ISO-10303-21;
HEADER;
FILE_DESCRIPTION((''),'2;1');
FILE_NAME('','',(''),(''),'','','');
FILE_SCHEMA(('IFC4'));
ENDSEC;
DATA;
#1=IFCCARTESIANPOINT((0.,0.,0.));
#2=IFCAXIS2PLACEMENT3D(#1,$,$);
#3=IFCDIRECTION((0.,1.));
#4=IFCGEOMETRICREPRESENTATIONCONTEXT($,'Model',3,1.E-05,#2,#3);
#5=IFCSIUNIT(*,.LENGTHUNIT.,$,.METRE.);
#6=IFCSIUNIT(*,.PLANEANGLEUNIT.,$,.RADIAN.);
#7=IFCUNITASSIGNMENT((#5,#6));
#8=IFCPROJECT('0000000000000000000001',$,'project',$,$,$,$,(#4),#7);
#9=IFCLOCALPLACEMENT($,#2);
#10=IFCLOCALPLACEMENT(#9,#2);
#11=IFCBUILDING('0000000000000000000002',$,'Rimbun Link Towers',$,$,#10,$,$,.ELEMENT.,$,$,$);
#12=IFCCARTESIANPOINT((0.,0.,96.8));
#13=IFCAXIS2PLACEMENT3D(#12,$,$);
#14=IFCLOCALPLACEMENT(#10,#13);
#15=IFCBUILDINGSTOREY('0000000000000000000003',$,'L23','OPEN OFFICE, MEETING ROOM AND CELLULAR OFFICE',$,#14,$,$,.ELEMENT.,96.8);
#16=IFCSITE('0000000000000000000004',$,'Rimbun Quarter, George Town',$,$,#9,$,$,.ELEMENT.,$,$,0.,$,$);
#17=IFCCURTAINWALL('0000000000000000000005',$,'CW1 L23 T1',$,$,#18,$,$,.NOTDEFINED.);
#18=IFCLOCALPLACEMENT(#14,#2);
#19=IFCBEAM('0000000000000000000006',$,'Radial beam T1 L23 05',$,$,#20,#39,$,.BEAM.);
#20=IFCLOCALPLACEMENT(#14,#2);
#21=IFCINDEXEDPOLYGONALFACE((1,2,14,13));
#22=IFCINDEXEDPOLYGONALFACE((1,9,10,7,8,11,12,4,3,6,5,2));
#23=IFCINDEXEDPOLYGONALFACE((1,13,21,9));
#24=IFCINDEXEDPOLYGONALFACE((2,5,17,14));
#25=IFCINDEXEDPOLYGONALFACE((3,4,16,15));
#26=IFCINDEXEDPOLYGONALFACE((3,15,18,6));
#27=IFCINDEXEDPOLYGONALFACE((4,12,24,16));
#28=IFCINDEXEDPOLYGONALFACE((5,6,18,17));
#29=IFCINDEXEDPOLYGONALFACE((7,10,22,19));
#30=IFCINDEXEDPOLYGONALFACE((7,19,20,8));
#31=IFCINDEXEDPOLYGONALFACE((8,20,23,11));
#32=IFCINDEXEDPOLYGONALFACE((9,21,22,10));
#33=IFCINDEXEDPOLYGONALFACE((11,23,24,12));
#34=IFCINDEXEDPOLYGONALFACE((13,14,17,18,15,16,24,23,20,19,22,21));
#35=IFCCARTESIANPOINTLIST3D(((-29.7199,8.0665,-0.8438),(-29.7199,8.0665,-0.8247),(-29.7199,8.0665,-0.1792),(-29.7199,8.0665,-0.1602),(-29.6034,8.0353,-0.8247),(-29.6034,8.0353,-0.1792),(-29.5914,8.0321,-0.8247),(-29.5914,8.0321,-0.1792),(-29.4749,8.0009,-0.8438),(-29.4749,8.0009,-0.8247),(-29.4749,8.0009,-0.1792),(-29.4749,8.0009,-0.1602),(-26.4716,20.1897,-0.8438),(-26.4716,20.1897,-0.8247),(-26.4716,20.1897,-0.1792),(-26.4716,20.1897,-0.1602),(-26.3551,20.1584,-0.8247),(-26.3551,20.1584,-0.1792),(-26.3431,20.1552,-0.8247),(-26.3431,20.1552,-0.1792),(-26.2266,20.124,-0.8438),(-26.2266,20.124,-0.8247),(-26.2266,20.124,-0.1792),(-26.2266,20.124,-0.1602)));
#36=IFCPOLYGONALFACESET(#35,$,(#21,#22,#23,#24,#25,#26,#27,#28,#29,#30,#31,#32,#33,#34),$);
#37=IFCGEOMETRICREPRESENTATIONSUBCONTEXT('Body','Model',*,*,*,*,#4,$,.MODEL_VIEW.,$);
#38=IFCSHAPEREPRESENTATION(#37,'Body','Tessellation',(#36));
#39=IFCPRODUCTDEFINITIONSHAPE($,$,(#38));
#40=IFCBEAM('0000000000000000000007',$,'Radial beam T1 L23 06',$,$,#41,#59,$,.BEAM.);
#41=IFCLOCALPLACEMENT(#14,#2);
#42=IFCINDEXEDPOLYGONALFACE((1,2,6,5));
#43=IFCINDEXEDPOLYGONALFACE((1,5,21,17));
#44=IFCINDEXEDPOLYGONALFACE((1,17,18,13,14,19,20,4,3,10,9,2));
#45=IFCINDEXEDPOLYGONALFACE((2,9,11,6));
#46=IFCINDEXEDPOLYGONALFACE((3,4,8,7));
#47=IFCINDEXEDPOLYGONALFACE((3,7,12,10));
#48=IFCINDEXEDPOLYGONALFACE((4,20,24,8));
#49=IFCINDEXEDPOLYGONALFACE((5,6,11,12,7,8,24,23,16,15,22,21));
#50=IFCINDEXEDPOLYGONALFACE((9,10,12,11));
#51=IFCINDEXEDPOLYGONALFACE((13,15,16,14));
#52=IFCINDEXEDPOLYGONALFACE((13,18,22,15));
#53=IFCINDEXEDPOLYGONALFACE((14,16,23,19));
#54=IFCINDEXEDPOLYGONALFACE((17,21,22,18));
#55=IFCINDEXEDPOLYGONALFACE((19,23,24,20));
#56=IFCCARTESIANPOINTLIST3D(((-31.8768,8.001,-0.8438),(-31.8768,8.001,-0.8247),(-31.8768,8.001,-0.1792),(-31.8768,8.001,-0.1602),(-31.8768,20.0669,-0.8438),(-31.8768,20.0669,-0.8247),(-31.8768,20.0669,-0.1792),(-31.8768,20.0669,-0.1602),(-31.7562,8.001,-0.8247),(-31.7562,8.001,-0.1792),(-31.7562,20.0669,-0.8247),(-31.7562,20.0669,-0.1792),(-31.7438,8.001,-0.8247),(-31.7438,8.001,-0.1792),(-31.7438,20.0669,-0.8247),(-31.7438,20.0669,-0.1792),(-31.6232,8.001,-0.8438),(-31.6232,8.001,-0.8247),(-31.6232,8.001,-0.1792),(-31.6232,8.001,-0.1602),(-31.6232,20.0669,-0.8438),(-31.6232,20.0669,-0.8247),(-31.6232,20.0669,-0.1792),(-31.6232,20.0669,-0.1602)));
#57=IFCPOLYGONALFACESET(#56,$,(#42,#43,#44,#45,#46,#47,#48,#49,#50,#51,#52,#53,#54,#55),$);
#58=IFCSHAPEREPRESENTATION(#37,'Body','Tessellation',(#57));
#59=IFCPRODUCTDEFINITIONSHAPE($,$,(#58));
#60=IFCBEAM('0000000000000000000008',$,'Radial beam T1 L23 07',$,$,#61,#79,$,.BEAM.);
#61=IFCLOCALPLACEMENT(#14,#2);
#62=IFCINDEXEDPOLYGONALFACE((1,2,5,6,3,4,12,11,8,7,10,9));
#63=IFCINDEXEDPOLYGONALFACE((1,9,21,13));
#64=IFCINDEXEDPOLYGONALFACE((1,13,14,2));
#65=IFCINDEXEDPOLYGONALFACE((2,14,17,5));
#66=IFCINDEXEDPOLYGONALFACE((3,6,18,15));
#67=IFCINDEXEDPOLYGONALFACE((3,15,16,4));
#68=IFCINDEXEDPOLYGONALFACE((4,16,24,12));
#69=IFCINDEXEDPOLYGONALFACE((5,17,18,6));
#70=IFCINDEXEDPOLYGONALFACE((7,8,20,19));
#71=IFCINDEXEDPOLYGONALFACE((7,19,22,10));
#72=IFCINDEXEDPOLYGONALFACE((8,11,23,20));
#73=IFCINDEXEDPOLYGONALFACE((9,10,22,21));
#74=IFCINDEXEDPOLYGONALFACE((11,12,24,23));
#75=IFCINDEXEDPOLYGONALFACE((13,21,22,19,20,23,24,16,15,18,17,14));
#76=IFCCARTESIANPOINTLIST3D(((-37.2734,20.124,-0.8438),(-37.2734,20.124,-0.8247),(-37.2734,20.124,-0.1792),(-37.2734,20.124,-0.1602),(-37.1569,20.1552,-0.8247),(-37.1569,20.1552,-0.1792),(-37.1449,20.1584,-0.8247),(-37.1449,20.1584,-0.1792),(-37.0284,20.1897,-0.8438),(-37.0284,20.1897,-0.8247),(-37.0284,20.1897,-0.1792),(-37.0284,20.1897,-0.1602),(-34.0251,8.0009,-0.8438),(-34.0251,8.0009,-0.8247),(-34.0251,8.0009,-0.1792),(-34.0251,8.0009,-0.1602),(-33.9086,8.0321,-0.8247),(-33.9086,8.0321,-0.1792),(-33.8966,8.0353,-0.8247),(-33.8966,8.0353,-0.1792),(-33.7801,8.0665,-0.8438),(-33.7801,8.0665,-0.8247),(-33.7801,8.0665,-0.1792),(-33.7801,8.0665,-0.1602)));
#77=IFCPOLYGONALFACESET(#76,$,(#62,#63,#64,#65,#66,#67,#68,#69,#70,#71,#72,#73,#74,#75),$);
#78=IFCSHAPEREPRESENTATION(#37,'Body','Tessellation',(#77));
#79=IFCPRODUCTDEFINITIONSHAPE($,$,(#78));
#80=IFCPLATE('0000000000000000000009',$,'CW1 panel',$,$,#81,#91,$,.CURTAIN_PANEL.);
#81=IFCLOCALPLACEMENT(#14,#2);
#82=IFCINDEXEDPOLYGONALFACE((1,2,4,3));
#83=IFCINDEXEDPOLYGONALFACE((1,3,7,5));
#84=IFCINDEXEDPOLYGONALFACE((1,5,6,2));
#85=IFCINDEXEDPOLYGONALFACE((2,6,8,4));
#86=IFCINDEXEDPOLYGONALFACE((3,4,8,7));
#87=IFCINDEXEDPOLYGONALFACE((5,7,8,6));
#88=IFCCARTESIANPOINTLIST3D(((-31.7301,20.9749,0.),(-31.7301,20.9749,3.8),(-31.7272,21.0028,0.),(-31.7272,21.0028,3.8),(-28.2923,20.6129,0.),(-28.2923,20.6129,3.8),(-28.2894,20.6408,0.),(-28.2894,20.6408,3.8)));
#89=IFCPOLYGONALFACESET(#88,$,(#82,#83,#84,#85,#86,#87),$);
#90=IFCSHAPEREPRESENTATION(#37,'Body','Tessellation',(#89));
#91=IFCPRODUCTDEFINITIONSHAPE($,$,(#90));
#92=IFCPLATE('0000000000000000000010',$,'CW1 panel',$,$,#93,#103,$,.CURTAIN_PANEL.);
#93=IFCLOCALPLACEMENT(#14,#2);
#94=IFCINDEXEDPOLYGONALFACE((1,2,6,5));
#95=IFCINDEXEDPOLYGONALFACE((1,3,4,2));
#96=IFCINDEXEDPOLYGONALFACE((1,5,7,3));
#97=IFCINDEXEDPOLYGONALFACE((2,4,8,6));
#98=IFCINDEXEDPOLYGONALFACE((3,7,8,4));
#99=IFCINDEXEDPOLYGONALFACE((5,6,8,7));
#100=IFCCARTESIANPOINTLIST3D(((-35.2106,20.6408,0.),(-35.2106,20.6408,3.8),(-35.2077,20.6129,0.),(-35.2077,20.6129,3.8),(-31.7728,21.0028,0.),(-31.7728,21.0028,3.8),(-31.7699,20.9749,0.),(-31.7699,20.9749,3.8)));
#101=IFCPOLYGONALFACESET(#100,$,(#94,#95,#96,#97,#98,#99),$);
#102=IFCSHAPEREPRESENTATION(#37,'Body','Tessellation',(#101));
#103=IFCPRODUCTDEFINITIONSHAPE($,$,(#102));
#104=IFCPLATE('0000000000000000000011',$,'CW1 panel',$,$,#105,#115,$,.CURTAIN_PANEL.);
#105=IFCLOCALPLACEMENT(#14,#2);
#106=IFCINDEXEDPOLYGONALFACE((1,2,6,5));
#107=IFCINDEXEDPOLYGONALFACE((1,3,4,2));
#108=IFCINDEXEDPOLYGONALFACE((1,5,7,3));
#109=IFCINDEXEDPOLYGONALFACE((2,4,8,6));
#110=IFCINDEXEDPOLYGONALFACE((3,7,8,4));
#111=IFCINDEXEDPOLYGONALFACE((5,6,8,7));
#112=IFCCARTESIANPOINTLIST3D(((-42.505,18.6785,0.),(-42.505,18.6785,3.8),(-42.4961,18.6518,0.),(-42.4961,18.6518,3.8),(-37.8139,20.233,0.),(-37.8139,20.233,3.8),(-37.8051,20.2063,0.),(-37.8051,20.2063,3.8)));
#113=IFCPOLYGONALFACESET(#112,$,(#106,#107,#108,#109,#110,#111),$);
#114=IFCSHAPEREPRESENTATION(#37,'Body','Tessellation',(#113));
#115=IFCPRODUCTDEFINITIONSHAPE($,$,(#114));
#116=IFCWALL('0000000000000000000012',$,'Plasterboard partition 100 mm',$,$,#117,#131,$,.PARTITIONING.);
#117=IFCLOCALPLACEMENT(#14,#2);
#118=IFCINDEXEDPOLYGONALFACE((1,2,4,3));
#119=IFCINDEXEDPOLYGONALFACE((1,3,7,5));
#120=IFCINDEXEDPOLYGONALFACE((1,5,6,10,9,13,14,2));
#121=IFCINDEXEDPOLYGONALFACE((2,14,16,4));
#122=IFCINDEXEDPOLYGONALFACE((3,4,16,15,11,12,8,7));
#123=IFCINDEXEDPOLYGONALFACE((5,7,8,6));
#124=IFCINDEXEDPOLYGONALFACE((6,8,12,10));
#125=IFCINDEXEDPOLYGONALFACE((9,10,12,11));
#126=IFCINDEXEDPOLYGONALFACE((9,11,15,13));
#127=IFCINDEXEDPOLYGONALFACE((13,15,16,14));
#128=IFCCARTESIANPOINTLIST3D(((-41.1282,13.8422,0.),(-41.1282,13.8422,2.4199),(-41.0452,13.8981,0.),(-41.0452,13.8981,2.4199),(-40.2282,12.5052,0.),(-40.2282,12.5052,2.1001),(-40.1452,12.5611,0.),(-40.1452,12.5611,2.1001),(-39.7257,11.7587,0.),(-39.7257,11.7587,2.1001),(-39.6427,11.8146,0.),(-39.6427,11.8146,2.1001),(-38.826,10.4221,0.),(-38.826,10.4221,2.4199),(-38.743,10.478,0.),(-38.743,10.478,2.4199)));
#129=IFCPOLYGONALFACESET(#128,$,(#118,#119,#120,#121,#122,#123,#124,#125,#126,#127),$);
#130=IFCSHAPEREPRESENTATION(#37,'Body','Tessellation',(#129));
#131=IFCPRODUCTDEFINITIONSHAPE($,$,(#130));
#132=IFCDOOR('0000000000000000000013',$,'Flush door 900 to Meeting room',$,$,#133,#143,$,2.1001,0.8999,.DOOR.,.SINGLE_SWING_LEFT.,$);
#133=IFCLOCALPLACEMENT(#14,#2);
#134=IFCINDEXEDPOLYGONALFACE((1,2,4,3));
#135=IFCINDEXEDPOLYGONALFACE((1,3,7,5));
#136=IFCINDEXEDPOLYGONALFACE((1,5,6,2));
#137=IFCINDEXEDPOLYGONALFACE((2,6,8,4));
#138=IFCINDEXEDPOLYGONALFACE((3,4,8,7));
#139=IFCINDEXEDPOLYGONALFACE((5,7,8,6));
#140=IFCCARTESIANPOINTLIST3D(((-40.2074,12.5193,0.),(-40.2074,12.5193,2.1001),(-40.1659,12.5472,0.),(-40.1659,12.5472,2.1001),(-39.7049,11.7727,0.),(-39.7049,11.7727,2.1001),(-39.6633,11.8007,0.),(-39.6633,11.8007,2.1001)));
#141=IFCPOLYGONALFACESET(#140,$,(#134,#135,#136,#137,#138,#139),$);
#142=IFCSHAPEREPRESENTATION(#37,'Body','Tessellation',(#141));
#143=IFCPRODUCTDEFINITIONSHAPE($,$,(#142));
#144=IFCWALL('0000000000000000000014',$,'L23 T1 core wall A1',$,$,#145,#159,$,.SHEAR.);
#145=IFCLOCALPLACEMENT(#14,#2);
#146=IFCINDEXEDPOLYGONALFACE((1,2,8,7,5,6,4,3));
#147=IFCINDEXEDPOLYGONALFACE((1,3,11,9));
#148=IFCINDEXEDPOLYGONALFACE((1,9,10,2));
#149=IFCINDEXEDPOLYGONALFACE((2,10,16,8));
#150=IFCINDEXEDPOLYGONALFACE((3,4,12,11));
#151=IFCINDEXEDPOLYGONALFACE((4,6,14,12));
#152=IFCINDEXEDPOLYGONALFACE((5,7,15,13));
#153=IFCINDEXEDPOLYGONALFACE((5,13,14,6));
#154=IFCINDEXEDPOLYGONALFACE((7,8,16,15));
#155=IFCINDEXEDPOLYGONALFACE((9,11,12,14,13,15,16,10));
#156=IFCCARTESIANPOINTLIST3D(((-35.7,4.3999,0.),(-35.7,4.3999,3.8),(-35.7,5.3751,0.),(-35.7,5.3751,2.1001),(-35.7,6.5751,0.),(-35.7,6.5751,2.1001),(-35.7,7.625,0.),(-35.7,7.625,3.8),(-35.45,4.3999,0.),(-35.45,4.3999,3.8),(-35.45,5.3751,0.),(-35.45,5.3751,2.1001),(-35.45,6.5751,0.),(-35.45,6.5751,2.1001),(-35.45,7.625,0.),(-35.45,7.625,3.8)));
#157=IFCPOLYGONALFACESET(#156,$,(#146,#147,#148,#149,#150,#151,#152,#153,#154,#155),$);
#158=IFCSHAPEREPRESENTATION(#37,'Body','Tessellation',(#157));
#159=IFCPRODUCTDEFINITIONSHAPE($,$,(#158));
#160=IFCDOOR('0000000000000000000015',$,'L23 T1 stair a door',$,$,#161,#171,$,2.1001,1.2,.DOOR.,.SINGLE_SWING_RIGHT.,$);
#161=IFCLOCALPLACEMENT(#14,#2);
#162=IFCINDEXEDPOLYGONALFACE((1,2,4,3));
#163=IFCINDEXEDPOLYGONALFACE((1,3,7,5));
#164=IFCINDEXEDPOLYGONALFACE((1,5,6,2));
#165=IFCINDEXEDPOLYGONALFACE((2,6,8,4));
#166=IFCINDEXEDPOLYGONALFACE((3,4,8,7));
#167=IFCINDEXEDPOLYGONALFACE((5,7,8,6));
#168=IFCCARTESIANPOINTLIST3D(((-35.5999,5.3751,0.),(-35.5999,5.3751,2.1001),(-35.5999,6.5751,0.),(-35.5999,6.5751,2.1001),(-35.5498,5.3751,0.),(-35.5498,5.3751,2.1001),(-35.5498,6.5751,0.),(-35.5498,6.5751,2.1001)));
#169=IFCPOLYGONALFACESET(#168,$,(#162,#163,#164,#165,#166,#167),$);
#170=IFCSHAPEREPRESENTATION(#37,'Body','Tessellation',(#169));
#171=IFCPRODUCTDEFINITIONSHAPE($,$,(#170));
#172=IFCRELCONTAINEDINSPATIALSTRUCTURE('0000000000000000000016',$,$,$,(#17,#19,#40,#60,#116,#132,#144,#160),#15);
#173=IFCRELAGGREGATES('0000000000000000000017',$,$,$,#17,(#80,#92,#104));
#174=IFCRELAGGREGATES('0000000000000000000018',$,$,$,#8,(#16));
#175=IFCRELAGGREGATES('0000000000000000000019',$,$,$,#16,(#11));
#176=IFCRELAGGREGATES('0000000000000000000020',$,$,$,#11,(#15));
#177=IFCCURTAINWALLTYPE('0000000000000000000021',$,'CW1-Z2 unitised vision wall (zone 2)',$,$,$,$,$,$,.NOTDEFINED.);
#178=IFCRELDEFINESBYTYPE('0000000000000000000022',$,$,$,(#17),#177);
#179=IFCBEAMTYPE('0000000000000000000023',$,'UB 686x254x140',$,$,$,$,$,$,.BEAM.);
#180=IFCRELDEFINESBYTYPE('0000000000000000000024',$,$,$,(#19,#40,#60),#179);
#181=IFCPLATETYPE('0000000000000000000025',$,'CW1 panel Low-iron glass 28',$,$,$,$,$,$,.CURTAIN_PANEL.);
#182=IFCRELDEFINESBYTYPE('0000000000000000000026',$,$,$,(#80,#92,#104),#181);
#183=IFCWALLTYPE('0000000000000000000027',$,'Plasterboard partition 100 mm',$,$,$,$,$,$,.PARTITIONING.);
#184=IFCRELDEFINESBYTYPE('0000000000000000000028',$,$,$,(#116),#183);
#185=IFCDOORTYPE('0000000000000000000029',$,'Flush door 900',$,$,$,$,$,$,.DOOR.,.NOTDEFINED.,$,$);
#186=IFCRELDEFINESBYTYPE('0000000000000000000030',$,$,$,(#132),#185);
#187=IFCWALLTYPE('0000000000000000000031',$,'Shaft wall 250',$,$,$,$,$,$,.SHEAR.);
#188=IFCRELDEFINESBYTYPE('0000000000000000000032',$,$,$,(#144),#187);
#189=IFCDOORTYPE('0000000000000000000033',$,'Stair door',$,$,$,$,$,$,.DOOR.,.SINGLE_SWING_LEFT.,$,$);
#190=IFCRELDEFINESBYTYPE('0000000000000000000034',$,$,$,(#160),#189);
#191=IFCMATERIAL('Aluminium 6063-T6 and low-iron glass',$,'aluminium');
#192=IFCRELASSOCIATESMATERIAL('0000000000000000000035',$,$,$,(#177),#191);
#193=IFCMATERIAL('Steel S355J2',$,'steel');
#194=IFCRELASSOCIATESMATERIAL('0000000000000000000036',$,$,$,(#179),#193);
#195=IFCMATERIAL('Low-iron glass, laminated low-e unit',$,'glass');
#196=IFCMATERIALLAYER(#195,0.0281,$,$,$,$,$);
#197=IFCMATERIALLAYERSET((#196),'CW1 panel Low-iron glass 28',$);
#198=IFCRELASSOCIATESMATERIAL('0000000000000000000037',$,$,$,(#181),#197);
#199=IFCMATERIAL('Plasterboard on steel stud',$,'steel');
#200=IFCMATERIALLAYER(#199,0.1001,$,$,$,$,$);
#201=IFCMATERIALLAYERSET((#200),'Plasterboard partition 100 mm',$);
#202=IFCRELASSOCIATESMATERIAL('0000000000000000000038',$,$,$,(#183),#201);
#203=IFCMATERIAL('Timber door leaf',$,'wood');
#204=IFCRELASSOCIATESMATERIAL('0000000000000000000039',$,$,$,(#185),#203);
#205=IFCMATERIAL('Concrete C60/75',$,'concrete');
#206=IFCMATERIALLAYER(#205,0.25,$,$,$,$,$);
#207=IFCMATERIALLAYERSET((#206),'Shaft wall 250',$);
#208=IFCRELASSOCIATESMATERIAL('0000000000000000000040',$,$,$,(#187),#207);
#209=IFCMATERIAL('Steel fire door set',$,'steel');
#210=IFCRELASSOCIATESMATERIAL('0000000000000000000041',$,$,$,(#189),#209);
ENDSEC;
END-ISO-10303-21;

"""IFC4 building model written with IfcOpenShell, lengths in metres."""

from ifc_helpers import new_model, si_unit, direction, frame, frame_2d, origin, origin_2d, place, context, subcontext, project, spatial, rectangle, i_section, extrude, material, layer, layer_set, material_profile, profile_set, type_object, element, fill, aggregate, save


model = new_model("IFC4")

# Units and contexts
model_context = context("Model", 3, precision=1e-05, world=origin(), true_north=direction((0.0, 1.0)))
body_context = subcontext(model_context, "Body", "Model", "MODEL_VIEW")
ifc_project = project(units=[si_unit("LENGTHUNIT", "METRE"), si_unit("PLANEANGLEUNIT", "RADIAN")], contexts=[model_context])

# Site, building, storey
site_placement = place(None, origin())
site = spatial("IfcSite", under=ifc_project, at=site_placement, Name="Rimbun Quarter, George Town", CompositionType="ELEMENT", RefElevation=0.0)
building_placement = place(site_placement, origin())
building = spatial("IfcBuilding", under=site, at=building_placement, Name="Rimbun Link Towers", CompositionType="ELEMENT")
storey_placement = place(building_placement, frame((0.0, 0.0, 96.8)))
storey = spatial("IfcBuildingStorey", under=building, at=storey_placement, Name="L23", Description="OPEN OFFICE, MEETING ROOM AND CELLULAR OFFICE", CompositionType="ELEMENT", Elevation=96.8)

# Curtain wall
ifc_material_1 = material(Name="Aluminium 6063-T6 and low-iron glass", Category="aluminium")
curtain_wall_type = type_object("IfcCurtainWallType", Name="CW1-Z2 unitised vision wall (zone 2)", PredefinedType="NOTDEFINED", material=ifc_material_1)
curtain_wall_placement = place(storey_placement, origin())
curtain_wall = element("IfcCurtainWall", 1, at=curtain_wall_placement, inside=storey, type_object=curtain_wall_type, Name="CW1 L23 T1", PredefinedType="NOTDEFINED")

# Beams
ifc_material_2 = material(Name="Steel S355J2", Category="steel")
ifc_material_profile_1 = material_profile(ifc_material_2, i_section(OverallWidth=0.2537, OverallDepth=0.6836, WebThickness=0.0125, FlangeThickness=0.019, at=origin_2d()), Name="UB 686x254x140")
ifc_profile_set_1 = profile_set([ifc_material_profile_1], Name="Steel S355J2")
beam_type_1 = type_object("IfcBeamType", Name="UB 686x254x140", PredefinedType="BEAM", material=ifc_profile_set_1)
beam_1_placement = place(storey_placement, frame((-29.5974, 8.0337, -0.502), z_axis=(0.258814, 0.965927, 0.0), x_axis=(-0.965927, 0.258814, 0.0)))
element("IfcBeam", 2, at=beam_1_placement, inside=storey, type_object=beam_type_1, Name="Radial beam T1 L23 05", PredefinedType="BEAM", context=body_context, shape_type="SweptSolid", body=[
    extrude(i_section(OverallWidth=0.2537, OverallDepth=0.6836, WebThickness=0.0125, FlangeThickness=0.019, at=origin_2d()), origin(), (0.0, 0.0, 1.0), 12.5508),
])
beam_2_placement = place(storey_placement, frame((-31.75, 8.001, -0.502), z_axis=(0.0, 1.0, 0.0), x_axis=(-1.0, 0.0, 0.0)))
element("IfcBeam", 3, at=beam_2_placement, inside=storey, type_object=beam_type_1, Name="Radial beam T1 L23 06", PredefinedType="BEAM", context=body_context, shape_type="SweptSolid", body=[
    extrude(i_section(OverallWidth=0.2537, OverallDepth=0.6836, WebThickness=0.0125, FlangeThickness=0.019, at=origin_2d()), origin(), (0.0, 0.0, 1.0), 12.0659),
])
beam_3_placement = place(storey_placement, frame((-33.9026, 8.0337, -0.502), z_axis=(-0.258814, 0.965927, 0.0), x_axis=(-0.965927, -0.258814, 0.0)))
element("IfcBeam", 4, at=beam_3_placement, inside=storey, type_object=beam_type_1, Name="Radial beam T1 L23 07", PredefinedType="BEAM", context=body_context, shape_type="SweptSolid", body=[
    extrude(i_section(OverallWidth=0.2537, OverallDepth=0.6836, WebThickness=0.0125, FlangeThickness=0.019, at=origin_2d()), origin(), (0.0, 0.0, 1.0), 12.5508),
])

# Plates
ifc_material_3 = material(Name="Low-iron glass, laminated low-e unit", Category="glass")
ifc_layer_1 = layer(ifc_material_3, 0.0281)
ifc_layer_set_1 = layer_set([ifc_layer_1], Name="CW1 panel Low-iron glass 28")
plate_type = type_object("IfcPlateType", Name="CW1 panel Low-iron glass 28", PredefinedType="CURTAIN_PANEL", material=ifc_layer_set_1)
plate_1_placement = place(storey_placement, frame((-30.0098, 20.8079, 0.0), z_axis=(0.0, 0.0, 1.0), x_axis=(0.9945, -0.104735, 0.0)))
plate_1 = element("IfcPlate", 5, at=plate_1_placement, type_object=plate_type, Name="CW1 panel", PredefinedType="CURTAIN_PANEL", context=body_context, shape_type="SweptSolid", body=[
    extrude(rectangle(XDim=3.4568, YDim=0.0281, at=origin_2d()), origin(), (0.0, 0.0, 1.0), 3.8),
])
plate_2_placement = place(storey_placement, frame((-33.4902, 20.8079, 0.0), z_axis=(0.0, 0.0, 1.0), x_axis=(0.9945, 0.104735, 0.0)))
plate_2 = element("IfcPlate", 6, at=plate_2_placement, type_object=plate_type, Name="CW1 panel", PredefinedType="CURTAIN_PANEL", context=body_context, shape_type="SweptSolid", body=[
    extrude(rectangle(XDim=3.4568, YDim=0.0281, at=origin_2d()), origin(), (0.0, 0.0, 1.0), 3.8),
])
plate_3_placement = place(storey_placement, frame((-40.155, 19.4424, 0.0), z_axis=(0.0, 0.0, 1.0), x_axis=(0.949239, 0.314556, 0.0)))
plate_3 = element("IfcPlate", 7, at=plate_3_placement, type_object=plate_type, Name="CW1 panel", PredefinedType="CURTAIN_PANEL", context=body_context, shape_type="SweptSolid", body=[
    extrude(rectangle(XDim=4.9419, YDim=0.0281, at=origin_2d()), origin(), (0.0, 0.0, 1.0), 3.8),
])
aggregate(curtain_wall, [plate_1, plate_2, plate_3])

# Walls, openings, doors
ifc_material_4 = material(Name="Plasterboard on steel stud", Category="steel")
ifc_layer_2 = layer(ifc_material_4, 0.1001)
ifc_layer_set_2 = layer_set([ifc_layer_2], Name="Plasterboard partition 100 mm")
wall_type_1 = type_object("IfcWallType", Name="Plasterboard partition 100 mm", PredefinedType="PARTITIONING", material=ifc_layer_set_2)
wall_1_placement = place(storey_placement, frame((-38.7844, 10.45, 0.0), z_axis=(0.0, 0.0, 1.0), x_axis=(-0.558412, 0.829564, 0.0)))
wall_1 = element("IfcWall", 8, at=wall_1_placement, inside=storey, type_object=wall_type_1, Name="Plasterboard partition 100 mm", PredefinedType="PARTITIONING", context=body_context, shape_type="SweptSolid", body=[
    extrude(rectangle(XDim=4.1228, YDim=0.1001, at=frame_2d((2.0615, 0.0))), origin(), (0.0, 0.0, 1.0), 2.4199),
])
opening_1_placement = place(wall_1_placement, frame((1.6113, 0.0, 0.0)))
opening_1 = element("IfcOpeningElement", 9, at=opening_1_placement, cuts=wall_1, PredefinedType="OPENING", context=body_context, shape_type="SweptSolid", body=[
    extrude(rectangle(XDim=0.8999, YDim=2.1001, at=frame_2d((0.45, 1.05))), frame((0.0, 0.0601, 0.0), z_axis=(0.0, -1.0, 0.0), x_axis=(1.0, 0.0, 0.0)), (0.0, 0.0, 1.0), 0.1201),
])
ifc_material_5 = material(Name="Timber door leaf", Category="wood")
door_type_1 = type_object("IfcDoorType", Name="Flush door 900", OperationType="NOTDEFINED", PredefinedType="DOOR", material=ifc_material_5)
door_1_placement = place(opening_1_placement, origin())
door_1 = element("IfcDoor", 10, at=door_1_placement, inside=storey, type_object=door_type_1, Name="Flush door 900 to Meeting room", OperationType="SINGLE_SWING_LEFT", OverallHeight=2.1001, OverallWidth=0.8999, PredefinedType="DOOR", context=body_context, shape_type="SweptSolid", body=[
    extrude(rectangle(XDim=0.8999, YDim=2.1001, at=frame_2d((0.45, 1.05))), frame((0.0, 0.0249, 0.0), z_axis=(0.0, -1.0, 0.0), x_axis=(1.0, 0.0, 0.0)), (0.0, 0.0, 1.0), 0.05),
])
fill(opening_1, door_1)
ifc_material_6 = material(Name="Concrete C60/75", Category="concrete")
ifc_layer_3 = layer(ifc_material_6, 0.25)
ifc_layer_set_3 = layer_set([ifc_layer_3], Name="Shaft wall 250")
wall_type_2 = type_object("IfcWallType", Name="Shaft wall 250", PredefinedType="SHEAR", material=ifc_layer_set_3)
wall_2_placement = place(storey_placement, frame((-35.575, 4.3999, 0.0), z_axis=(0.0, 0.0, 1.0), x_axis=(0.0, 1.0, 0.0)))
wall_2 = element("IfcWall", 11, at=wall_2_placement, inside=storey, type_object=wall_type_2, Name="L23 T1 core wall A1", PredefinedType="SHEAR", context=body_context, shape_type="SweptSolid", body=[
    extrude(rectangle(XDim=3.2251, YDim=0.25, at=frame_2d((1.6125, 0.0))), origin(), (0.0, 0.0, 1.0), 3.8),
])
opening_2_placement = place(wall_2_placement, frame((0.9751, 0.0, 0.0)))
opening_2 = element("IfcOpeningElement", 12, at=opening_2_placement, cuts=wall_2, PredefinedType="OPENING", context=body_context, shape_type="SweptSolid", body=[
    extrude(rectangle(XDim=1.2, YDim=2.1001, at=frame_2d((0.6001, 1.05))), frame((0.0, 0.135, 0.0), z_axis=(0.0, -1.0, 0.0), x_axis=(1.0, 0.0, 0.0)), (0.0, 0.0, 1.0), 0.27),
])
ifc_material_7 = material(Name="Steel fire door set", Category="steel")
door_type_2 = type_object("IfcDoorType", Name="Stair door", OperationType="SINGLE_SWING_LEFT", PredefinedType="DOOR", material=ifc_material_7)
door_2_placement = place(opening_2_placement, origin())
door_2 = element("IfcDoor", 13, at=door_2_placement, inside=storey, type_object=door_type_2, Name="L23 T1 stair a door", OperationType="SINGLE_SWING_RIGHT", OverallHeight=2.1001, OverallWidth=1.2, PredefinedType="DOOR", context=body_context, shape_type="SweptSolid", body=[
    extrude(rectangle(XDim=1.2, YDim=2.1001, at=frame_2d((0.6001, 1.05))), frame((0.0, 0.0249, 0.0), z_axis=(0.0, -1.0, 0.0), x_axis=(1.0, 0.0, 0.0)), (0.0, 0.0, 1.0), 0.05),
])
fill(opening_2, door_2)

save(model, "model.ifc")
